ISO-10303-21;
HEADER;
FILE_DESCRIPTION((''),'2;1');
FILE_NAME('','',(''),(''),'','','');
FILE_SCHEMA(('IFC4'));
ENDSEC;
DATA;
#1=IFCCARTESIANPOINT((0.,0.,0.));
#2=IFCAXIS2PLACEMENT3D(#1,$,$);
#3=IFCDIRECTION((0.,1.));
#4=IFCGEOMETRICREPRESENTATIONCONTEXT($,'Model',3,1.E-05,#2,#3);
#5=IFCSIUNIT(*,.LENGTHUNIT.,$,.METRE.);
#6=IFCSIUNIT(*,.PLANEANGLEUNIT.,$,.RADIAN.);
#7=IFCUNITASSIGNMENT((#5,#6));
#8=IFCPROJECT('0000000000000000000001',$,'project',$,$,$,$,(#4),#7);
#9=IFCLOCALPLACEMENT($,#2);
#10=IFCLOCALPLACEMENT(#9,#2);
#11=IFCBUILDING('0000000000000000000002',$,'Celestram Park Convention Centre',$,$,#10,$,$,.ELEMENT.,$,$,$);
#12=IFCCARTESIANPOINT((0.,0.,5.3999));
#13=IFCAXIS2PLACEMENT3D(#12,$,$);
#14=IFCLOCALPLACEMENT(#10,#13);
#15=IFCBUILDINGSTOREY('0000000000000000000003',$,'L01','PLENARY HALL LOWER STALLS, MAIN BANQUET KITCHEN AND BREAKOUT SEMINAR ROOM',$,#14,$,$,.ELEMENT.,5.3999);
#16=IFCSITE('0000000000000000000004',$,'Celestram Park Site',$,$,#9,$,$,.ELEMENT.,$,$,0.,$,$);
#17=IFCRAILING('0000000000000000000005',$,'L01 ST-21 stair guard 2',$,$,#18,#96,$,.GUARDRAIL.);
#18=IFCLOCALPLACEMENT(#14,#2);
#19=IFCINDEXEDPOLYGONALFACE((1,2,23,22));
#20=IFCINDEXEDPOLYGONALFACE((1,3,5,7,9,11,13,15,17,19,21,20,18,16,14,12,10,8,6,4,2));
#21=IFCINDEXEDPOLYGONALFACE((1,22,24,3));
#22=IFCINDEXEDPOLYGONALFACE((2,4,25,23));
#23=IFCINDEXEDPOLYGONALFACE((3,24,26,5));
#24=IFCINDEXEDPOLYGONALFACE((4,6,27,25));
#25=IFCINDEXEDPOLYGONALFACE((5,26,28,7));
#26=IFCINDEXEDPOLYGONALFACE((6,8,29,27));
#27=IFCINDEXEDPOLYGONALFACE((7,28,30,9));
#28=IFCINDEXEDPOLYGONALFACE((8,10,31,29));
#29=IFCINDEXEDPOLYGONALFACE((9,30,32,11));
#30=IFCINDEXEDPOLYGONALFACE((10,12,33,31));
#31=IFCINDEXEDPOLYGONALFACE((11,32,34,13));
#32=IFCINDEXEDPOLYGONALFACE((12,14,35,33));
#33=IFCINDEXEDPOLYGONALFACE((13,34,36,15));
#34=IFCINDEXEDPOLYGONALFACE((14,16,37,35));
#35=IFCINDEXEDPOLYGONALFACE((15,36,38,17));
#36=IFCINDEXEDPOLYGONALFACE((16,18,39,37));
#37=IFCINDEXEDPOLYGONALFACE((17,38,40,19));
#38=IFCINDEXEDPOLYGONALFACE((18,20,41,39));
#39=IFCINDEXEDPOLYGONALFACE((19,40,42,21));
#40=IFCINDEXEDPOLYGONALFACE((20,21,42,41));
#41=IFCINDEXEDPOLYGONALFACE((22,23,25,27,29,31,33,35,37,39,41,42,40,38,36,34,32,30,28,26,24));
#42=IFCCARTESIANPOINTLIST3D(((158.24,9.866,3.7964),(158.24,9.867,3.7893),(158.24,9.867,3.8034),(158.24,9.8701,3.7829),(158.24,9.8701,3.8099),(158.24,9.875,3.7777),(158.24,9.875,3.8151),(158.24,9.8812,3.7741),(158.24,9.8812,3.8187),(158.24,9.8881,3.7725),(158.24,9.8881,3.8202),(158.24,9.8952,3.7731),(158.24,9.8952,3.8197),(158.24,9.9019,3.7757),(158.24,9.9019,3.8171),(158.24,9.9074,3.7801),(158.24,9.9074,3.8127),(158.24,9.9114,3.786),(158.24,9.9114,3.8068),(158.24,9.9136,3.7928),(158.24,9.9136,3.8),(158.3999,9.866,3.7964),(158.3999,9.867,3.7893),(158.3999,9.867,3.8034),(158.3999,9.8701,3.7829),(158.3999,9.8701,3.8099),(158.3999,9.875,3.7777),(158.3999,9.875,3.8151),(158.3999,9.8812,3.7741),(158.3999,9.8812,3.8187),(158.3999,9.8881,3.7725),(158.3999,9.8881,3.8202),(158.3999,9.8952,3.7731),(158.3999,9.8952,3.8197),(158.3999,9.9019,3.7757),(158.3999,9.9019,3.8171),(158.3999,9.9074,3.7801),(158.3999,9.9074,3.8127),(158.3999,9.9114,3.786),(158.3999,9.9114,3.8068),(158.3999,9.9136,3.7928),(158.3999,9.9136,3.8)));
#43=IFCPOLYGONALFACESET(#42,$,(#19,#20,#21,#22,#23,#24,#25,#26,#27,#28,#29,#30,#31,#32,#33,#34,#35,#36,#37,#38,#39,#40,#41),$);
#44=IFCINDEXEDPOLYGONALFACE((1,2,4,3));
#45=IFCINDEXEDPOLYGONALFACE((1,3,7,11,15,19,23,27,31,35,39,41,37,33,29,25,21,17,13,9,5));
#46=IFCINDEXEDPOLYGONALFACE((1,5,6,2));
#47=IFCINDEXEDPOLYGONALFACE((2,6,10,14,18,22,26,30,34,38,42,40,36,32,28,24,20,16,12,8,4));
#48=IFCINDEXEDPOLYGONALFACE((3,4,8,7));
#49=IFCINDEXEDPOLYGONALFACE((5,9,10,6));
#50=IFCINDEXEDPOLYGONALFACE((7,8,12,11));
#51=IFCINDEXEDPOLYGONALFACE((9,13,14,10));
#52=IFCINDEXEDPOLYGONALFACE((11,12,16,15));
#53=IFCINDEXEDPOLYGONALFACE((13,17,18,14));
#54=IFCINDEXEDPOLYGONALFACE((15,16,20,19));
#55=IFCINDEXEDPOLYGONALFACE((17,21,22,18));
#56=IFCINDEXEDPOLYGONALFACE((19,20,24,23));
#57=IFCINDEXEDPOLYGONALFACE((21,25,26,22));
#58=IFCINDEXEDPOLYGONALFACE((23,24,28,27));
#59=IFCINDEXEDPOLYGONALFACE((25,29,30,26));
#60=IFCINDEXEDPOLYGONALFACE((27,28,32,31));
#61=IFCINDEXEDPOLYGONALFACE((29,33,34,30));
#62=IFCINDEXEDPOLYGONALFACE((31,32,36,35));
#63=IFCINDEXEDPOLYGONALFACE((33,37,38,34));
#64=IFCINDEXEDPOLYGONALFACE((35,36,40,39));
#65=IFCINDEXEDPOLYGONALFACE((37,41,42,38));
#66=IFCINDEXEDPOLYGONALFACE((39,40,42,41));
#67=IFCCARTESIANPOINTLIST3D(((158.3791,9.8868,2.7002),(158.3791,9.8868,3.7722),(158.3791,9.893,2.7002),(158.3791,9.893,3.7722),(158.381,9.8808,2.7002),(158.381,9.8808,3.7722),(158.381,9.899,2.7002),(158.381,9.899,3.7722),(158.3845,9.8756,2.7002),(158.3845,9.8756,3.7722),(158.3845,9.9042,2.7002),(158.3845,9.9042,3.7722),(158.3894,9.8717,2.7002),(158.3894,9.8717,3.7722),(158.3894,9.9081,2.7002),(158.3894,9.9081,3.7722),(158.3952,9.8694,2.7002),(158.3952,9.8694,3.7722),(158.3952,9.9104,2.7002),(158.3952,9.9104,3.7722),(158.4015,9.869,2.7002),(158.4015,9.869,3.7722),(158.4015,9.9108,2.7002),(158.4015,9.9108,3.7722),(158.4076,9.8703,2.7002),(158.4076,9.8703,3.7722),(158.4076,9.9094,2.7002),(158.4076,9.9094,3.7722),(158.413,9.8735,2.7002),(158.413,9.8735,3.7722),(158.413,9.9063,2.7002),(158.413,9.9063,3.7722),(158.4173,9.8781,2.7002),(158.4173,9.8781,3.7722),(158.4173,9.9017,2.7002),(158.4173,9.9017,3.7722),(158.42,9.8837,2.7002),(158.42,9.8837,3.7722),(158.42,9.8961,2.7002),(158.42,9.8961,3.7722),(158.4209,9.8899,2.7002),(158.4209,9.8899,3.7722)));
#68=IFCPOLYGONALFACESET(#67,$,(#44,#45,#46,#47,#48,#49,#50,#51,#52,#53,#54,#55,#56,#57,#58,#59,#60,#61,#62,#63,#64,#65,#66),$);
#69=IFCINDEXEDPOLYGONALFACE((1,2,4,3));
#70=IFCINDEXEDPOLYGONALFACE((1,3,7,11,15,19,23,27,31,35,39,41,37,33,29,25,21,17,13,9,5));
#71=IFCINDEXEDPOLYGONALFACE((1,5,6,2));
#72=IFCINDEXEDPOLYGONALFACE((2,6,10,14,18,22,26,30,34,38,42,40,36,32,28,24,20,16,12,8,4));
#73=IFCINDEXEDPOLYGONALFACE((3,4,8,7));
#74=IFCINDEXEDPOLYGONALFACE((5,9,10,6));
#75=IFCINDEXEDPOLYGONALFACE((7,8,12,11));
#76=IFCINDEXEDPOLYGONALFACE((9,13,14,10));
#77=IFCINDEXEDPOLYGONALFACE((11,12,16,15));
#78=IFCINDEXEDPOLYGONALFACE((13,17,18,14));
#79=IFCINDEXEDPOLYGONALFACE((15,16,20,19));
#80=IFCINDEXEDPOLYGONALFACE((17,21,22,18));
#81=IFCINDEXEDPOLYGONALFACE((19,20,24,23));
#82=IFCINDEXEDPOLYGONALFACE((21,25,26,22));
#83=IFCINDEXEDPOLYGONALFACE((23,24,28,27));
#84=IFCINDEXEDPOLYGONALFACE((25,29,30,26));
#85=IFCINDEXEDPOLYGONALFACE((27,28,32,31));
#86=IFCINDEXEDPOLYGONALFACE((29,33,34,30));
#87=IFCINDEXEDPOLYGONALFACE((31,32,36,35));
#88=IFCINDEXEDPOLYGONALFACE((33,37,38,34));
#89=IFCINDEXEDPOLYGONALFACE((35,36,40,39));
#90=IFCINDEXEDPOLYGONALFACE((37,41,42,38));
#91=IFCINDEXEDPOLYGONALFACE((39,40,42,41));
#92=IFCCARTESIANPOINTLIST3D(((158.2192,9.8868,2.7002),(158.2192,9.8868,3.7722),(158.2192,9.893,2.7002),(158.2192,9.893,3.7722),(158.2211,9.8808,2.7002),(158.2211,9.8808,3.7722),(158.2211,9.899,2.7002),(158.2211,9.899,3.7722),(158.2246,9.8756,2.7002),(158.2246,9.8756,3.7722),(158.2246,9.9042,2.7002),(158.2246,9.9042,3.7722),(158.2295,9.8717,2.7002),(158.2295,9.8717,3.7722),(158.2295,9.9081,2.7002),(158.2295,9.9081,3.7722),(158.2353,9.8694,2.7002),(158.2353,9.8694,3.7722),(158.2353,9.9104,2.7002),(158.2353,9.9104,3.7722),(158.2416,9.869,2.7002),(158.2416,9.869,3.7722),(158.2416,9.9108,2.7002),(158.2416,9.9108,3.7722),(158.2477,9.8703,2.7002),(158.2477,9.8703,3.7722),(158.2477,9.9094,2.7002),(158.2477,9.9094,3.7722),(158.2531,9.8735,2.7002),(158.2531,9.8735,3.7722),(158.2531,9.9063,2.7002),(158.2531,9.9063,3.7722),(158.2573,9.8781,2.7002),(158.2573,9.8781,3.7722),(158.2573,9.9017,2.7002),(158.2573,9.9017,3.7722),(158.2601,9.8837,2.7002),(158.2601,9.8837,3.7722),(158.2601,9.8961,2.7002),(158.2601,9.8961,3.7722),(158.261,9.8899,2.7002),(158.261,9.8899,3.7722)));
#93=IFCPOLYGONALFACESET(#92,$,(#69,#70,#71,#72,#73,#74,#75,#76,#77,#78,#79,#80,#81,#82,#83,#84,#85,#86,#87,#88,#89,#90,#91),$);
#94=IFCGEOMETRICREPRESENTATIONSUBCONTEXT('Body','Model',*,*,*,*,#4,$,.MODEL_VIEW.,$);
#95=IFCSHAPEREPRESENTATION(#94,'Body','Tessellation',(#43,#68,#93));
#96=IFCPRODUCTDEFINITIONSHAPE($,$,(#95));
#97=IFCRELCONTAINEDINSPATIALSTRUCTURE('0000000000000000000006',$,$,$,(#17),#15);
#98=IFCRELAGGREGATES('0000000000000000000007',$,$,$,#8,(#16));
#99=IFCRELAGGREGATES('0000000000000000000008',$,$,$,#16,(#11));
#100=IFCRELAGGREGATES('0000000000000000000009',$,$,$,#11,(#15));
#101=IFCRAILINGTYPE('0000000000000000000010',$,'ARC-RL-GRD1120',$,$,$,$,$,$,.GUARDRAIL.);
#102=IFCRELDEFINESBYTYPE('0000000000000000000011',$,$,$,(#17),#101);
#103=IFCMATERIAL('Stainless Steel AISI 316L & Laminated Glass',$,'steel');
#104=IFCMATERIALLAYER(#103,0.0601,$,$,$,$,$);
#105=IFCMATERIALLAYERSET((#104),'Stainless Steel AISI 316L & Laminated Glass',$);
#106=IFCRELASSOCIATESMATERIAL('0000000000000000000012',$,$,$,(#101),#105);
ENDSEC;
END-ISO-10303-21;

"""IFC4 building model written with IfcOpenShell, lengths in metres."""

from ifc_helpers import new_model, si_unit, direction, frame, origin, origin_2d, place, context, subcontext, project, spatial, circle, extrude, material, layer, layer_set, type_object, element, save


model = new_model("IFC4")

# Units and contexts
model_context = context("Model", 3, precision=1e-05, world=origin(), true_north=direction((0.0, 1.0)))
body_context = subcontext(model_context, "Body", "Model", "MODEL_VIEW")
ifc_project = project(units=[si_unit("LENGTHUNIT", "METRE"), si_unit("PLANEANGLEUNIT", "RADIAN")], contexts=[model_context])

# Site, building, storey
site_placement = place(None, origin())
site = spatial("IfcSite", under=ifc_project, at=site_placement, Name="Celestram Park Site", CompositionType="ELEMENT", RefElevation=0.0)
building_placement = place(site_placement, origin())
building = spatial("IfcBuilding", under=site, at=building_placement, Name="Celestram Park Convention Centre", CompositionType="ELEMENT")
storey_placement = place(building_placement, frame((0.0, 0.0, 5.3999)))
storey = spatial("IfcBuildingStorey", under=building, at=storey_placement, Name="L01", Description="PLENARY HALL LOWER STALLS, MAIN BANQUET KITCHEN AND BREAKOUT SEMINAR ROOM", CompositionType="ELEMENT", Elevation=5.3999)

# Railing
ifc_material_1 = material(Name="Stainless Steel AISI 316L & Laminated Glass", Category="steel")
ifc_layer_1 = layer(ifc_material_1, 0.0601)
ifc_layer_set_1 = layer_set([ifc_layer_1], Name="Stainless Steel AISI 316L & Laminated Glass")
railing_type_1 = type_object("IfcRailingType", Name="ARC-RL-GRD1120", PredefinedType="GUARDRAIL", material=ifc_layer_set_1)
railing_1_placement = place(storey_placement, frame((158.3999, 9.8899, 2.7002)))
element("IfcRailing", 1, at=railing_1_placement, inside=storey, type_object=railing_type_1, Name="L01 ST-21 stair guard 2", PredefinedType="GUARDRAIL", context=body_context, shape_type="SweptSolid", body=[
    extrude(circle(Radius=0.0239, at=origin_2d()), frame((0.0, 0.0, 1.0962), z_axis=(-1.0, 0.0, 0.0), x_axis=(0.0, -1.0, 0.0)), (0.0, 0.0, 1.0), 0.1599),
    extrude(circle(Radius=0.021, at=origin_2d()), origin(), (0.0, 0.0, 1.0), 1.072),
    extrude(circle(Radius=0.021, at=origin_2d()), frame((-0.1599, 0.0, 0.0)), (0.0, 0.0, 1.0), 1.072),
])

save(model, "model.ifc")
